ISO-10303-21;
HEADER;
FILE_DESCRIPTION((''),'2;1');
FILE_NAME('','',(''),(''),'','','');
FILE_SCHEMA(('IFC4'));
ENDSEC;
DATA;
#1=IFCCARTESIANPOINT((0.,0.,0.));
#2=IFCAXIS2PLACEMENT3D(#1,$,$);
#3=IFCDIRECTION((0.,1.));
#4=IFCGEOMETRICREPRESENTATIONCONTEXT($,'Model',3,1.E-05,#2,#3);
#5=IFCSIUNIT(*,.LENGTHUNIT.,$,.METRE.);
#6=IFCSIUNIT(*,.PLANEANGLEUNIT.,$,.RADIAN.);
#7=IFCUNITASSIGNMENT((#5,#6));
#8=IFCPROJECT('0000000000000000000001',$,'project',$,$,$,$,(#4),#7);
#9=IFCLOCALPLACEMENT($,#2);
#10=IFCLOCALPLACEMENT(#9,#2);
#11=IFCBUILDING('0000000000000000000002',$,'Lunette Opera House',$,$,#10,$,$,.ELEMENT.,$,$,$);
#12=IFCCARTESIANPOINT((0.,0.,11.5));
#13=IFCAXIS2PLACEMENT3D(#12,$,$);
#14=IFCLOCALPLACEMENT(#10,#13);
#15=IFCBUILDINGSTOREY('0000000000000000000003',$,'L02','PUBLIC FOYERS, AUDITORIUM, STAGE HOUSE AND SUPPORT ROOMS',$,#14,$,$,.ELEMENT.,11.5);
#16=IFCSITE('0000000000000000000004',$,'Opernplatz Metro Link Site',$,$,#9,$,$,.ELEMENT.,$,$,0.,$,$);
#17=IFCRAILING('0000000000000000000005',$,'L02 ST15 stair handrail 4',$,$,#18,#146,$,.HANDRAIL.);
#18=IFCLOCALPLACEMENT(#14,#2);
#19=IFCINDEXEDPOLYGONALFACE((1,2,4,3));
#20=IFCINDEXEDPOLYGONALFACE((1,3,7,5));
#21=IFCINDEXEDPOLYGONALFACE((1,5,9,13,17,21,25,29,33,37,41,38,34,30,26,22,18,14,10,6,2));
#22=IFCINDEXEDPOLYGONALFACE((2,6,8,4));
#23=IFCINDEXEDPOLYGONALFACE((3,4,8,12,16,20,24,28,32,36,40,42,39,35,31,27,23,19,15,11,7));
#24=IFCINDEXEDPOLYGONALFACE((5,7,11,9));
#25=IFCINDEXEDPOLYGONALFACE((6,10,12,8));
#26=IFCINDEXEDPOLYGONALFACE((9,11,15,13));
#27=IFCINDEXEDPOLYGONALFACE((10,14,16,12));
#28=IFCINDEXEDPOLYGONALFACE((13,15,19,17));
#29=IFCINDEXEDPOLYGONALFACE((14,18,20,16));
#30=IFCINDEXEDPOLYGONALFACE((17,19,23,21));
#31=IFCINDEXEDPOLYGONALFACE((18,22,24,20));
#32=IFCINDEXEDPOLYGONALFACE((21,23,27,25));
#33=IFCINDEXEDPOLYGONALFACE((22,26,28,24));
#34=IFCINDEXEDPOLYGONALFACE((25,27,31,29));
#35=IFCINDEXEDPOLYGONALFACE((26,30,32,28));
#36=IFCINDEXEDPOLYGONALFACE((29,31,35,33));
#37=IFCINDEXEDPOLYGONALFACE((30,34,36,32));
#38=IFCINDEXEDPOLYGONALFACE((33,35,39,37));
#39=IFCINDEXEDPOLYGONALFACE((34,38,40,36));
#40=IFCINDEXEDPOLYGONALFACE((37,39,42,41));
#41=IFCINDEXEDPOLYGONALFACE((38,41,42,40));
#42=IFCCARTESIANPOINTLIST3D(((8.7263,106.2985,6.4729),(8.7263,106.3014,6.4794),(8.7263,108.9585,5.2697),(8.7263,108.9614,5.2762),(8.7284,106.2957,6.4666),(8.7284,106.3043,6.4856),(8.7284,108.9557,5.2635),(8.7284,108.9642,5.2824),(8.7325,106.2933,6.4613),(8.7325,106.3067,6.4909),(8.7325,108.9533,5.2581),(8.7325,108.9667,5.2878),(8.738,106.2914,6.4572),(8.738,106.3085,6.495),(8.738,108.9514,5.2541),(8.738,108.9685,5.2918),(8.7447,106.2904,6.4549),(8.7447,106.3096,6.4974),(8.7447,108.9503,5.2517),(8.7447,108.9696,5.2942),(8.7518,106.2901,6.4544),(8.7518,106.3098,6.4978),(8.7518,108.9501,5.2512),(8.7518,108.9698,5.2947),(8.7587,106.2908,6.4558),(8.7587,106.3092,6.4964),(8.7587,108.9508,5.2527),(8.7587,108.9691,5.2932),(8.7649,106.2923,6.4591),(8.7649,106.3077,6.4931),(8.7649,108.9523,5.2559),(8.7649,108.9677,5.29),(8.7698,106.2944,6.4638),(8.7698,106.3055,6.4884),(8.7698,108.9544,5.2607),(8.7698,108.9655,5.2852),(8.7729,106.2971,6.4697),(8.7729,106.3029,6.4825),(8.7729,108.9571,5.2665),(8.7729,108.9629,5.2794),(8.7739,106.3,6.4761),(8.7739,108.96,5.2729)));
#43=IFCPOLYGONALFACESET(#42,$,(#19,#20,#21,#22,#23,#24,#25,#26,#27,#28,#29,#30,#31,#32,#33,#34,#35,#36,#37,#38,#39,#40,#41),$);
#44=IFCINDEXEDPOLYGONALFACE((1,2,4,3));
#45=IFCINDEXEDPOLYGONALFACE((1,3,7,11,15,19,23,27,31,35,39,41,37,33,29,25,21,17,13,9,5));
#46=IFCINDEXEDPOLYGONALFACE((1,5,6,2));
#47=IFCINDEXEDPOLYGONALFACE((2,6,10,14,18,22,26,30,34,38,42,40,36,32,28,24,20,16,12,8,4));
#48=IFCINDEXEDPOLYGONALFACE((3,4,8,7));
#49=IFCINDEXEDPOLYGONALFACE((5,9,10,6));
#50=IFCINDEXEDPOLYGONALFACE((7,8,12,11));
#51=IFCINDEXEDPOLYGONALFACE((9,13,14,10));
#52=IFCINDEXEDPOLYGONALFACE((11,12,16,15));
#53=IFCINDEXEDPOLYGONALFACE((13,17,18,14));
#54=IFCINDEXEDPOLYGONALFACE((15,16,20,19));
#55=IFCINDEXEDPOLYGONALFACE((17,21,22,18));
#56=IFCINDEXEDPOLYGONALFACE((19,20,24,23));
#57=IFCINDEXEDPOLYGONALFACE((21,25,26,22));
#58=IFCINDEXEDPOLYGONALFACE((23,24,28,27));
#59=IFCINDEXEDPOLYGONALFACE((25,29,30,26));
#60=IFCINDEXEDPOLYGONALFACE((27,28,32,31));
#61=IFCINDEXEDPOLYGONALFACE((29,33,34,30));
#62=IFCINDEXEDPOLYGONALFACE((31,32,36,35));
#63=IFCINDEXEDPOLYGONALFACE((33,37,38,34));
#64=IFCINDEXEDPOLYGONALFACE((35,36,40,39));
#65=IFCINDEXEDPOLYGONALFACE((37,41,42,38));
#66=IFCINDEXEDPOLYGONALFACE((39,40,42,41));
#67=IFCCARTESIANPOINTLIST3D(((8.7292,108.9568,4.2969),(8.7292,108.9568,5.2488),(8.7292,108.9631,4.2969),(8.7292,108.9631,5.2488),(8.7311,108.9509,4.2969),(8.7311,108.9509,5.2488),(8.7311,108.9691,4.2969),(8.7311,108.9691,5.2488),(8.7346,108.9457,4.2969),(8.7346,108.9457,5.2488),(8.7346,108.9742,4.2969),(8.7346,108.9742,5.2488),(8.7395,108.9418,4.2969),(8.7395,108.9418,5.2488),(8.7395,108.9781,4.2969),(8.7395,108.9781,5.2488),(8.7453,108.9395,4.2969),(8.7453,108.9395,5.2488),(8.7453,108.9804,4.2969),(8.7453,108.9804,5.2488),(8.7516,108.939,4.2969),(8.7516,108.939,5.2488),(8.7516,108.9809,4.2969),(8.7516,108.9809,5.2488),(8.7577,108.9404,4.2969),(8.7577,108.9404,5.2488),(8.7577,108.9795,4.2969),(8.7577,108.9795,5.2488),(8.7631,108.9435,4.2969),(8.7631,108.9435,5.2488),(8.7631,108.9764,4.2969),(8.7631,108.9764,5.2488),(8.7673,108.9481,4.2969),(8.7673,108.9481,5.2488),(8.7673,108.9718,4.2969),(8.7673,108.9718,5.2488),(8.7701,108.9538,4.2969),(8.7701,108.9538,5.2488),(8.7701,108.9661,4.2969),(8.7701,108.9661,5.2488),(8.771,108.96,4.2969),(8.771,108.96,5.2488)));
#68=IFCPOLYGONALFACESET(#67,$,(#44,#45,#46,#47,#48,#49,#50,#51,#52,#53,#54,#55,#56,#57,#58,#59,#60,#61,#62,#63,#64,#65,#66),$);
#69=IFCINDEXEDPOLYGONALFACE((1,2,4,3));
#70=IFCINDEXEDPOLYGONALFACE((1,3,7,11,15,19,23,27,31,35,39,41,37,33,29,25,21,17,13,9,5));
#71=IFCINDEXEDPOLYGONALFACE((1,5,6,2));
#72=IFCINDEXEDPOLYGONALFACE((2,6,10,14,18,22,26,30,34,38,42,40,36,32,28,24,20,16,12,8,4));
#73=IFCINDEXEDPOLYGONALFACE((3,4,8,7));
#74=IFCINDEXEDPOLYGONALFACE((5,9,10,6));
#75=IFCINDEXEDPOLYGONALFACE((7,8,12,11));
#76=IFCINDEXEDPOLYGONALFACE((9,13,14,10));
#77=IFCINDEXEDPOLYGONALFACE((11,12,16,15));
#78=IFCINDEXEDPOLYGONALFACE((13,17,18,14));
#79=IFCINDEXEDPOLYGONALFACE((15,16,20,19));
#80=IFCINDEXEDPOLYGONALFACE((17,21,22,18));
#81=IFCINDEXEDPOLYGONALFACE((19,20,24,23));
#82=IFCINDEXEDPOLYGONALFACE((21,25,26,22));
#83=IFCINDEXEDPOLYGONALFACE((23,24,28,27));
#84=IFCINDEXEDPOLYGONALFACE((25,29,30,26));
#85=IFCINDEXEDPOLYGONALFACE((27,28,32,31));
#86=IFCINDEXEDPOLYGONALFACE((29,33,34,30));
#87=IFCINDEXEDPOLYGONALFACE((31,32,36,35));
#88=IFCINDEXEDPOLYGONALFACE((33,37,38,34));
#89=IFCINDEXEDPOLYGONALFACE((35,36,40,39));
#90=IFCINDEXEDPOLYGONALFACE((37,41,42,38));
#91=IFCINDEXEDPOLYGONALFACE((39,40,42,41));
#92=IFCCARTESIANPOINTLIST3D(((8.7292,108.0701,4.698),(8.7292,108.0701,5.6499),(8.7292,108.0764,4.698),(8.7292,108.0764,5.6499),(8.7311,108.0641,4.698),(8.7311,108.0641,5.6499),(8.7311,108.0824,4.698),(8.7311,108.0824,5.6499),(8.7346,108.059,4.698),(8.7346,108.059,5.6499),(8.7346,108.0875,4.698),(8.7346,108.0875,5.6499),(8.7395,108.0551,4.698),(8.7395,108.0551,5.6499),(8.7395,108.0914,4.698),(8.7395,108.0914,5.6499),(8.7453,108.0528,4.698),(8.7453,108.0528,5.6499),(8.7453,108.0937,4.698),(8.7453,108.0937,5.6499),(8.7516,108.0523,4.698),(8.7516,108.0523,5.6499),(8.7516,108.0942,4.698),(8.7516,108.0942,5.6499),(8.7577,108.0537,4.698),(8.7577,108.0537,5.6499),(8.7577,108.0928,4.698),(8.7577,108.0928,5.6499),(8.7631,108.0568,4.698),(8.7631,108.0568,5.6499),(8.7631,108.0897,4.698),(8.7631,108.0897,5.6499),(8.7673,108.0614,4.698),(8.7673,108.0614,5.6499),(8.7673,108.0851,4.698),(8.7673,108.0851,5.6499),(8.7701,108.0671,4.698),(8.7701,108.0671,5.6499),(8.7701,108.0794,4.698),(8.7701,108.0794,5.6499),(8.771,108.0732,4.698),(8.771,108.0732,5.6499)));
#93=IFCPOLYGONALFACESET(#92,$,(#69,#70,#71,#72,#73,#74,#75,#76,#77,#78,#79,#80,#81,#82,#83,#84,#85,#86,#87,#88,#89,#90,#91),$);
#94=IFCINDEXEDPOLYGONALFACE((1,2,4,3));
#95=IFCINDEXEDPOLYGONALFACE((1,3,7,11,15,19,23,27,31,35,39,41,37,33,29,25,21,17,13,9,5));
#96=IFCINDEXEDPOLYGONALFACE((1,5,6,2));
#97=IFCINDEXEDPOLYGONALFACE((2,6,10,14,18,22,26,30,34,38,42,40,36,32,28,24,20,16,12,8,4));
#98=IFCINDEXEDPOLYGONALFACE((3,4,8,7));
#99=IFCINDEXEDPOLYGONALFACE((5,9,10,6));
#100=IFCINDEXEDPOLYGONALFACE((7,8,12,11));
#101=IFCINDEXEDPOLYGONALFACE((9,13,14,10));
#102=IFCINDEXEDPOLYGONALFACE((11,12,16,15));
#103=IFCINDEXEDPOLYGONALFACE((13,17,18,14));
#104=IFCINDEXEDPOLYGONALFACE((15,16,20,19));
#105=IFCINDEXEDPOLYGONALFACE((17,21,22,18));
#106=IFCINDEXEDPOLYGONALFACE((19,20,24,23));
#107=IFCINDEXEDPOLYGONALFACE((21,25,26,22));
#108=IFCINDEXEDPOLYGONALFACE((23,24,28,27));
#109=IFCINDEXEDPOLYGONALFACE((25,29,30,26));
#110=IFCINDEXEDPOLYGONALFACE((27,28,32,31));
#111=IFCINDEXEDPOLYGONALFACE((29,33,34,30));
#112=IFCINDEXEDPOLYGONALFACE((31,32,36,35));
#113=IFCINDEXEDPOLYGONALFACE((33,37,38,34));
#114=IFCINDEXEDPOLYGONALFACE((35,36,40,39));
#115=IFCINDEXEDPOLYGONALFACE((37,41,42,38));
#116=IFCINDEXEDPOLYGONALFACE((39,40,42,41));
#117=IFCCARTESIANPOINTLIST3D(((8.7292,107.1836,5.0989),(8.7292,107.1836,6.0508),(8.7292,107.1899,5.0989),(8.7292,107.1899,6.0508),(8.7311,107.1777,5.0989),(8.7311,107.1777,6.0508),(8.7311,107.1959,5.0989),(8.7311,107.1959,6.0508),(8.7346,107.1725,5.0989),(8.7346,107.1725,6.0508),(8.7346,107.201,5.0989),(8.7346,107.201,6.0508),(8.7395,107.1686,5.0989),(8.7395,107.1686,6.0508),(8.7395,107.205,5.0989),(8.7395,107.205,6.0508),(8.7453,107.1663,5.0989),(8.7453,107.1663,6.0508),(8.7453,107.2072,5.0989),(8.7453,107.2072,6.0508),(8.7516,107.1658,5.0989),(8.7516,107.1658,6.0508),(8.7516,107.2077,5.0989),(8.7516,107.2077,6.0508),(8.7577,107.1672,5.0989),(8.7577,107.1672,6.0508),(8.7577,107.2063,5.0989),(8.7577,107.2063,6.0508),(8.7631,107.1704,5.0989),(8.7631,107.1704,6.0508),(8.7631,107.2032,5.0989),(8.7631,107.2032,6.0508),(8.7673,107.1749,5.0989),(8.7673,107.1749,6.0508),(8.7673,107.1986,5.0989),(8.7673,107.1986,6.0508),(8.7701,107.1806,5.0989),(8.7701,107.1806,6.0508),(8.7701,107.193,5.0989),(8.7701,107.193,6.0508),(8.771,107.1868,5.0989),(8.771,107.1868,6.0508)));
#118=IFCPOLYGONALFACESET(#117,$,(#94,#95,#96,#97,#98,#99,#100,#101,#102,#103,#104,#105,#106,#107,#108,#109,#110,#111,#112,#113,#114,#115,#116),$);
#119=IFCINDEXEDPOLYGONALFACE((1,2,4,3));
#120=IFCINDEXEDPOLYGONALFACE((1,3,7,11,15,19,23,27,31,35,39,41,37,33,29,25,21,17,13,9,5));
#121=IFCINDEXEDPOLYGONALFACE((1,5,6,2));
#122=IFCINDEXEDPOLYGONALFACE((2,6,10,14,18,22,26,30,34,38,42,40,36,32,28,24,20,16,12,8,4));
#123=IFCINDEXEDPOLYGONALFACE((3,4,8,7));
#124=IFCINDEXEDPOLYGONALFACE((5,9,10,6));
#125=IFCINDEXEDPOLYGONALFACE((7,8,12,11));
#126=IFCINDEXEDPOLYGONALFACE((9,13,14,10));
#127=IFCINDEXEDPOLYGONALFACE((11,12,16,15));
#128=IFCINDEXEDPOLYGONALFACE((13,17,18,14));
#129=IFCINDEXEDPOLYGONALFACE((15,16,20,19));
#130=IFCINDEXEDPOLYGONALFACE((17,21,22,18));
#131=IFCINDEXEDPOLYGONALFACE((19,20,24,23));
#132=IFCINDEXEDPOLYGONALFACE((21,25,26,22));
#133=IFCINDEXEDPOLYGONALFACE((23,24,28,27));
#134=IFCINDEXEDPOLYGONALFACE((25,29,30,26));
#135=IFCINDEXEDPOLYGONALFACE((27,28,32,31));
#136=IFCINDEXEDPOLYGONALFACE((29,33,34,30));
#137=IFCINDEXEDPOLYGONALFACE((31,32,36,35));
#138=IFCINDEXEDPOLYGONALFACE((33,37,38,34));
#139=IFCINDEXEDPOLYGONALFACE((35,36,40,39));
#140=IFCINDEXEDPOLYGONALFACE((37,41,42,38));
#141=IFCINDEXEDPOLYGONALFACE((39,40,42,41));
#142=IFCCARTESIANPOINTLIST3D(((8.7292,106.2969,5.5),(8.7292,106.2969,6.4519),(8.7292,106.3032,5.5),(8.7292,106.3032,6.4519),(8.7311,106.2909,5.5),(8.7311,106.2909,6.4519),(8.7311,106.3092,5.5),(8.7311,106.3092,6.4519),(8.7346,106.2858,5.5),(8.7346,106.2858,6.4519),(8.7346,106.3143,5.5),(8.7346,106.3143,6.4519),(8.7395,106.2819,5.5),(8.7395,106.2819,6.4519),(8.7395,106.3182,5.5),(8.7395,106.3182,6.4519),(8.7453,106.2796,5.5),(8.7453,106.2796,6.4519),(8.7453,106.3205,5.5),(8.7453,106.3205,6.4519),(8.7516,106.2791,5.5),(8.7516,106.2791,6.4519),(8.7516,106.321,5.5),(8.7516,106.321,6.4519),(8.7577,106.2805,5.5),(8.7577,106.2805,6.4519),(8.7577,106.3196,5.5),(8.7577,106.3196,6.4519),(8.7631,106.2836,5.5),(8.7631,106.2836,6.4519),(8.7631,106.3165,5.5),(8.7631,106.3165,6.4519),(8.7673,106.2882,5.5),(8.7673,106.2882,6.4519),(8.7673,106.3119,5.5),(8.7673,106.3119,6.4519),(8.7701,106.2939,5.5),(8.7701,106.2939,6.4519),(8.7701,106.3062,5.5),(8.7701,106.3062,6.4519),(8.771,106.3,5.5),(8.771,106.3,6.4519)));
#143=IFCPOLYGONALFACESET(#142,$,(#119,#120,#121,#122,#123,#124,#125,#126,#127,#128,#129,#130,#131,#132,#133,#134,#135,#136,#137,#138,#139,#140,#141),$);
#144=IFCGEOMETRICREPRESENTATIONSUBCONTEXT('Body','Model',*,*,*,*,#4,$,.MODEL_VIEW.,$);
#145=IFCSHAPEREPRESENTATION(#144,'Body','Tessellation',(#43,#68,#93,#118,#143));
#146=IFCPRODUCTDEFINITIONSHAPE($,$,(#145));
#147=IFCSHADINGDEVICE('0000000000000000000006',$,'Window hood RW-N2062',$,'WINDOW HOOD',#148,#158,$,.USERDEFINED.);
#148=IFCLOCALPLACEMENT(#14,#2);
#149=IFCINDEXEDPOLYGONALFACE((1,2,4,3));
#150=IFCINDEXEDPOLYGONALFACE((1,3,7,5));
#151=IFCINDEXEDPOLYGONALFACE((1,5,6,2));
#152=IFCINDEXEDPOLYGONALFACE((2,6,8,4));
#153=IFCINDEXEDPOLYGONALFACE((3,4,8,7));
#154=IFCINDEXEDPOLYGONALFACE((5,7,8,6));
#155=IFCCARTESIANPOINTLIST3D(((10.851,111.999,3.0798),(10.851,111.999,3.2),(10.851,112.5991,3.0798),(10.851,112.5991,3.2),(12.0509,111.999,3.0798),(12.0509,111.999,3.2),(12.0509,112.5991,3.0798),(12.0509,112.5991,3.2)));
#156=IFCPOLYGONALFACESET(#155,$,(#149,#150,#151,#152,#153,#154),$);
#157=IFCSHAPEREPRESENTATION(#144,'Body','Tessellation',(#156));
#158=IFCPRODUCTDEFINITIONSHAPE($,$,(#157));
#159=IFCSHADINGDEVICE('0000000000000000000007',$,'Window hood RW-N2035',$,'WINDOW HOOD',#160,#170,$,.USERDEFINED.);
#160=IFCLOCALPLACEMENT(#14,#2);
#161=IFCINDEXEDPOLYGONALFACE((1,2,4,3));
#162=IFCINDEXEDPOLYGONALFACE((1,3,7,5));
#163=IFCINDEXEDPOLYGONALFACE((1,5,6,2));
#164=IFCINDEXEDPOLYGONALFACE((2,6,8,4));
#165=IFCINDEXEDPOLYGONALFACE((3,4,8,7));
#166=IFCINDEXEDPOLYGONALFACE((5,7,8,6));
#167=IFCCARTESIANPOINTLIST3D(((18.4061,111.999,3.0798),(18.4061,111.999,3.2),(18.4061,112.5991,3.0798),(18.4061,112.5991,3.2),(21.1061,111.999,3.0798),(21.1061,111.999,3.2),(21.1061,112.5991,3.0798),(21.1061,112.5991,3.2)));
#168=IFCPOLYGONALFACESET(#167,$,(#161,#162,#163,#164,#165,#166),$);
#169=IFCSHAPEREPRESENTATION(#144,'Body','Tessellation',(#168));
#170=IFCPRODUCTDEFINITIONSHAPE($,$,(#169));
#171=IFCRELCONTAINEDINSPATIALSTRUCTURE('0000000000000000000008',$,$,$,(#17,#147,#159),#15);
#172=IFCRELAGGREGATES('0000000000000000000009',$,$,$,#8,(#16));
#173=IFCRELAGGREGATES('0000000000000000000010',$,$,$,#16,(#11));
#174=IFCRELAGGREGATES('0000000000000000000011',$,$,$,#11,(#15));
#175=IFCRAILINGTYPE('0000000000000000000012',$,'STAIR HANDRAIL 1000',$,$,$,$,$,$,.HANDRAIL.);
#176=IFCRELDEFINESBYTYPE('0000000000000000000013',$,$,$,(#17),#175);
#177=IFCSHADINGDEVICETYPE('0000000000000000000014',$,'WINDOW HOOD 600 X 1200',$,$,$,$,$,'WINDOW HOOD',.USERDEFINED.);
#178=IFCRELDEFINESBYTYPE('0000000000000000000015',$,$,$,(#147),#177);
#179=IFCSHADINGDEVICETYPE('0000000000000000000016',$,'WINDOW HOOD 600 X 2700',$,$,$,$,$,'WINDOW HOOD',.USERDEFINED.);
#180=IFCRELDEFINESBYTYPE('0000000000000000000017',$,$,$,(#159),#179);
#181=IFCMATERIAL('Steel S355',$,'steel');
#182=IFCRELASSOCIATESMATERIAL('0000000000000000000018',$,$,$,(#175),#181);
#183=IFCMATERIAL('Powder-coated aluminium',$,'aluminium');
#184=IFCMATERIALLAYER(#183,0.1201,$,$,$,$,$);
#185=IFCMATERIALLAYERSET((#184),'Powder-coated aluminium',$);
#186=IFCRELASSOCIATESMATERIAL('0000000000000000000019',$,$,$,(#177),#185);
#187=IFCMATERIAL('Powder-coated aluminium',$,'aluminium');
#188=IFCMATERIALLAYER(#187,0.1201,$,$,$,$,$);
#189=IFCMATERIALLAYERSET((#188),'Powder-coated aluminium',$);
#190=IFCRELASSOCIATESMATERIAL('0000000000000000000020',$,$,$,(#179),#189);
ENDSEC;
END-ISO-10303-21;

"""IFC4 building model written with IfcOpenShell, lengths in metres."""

from ifc_helpers import new_model, si_unit, direction, frame, origin, origin_2d, place, context, subcontext, project, spatial, rectangle, circle, extrude, material, layer, layer_set, type_object, element, save


model = new_model("IFC4")

# Units and contexts
model_context = context("Model", 3, precision=1e-05, world=origin(), true_north=direction((0.0, 1.0)))
body_context = subcontext(model_context, "Body", "Model", "MODEL_VIEW")
ifc_project = project(units=[si_unit("LENGTHUNIT", "METRE"), si_unit("PLANEANGLEUNIT", "RADIAN")], contexts=[model_context])

# Site, building, storey
site_placement = place(None, origin())
site = spatial("IfcSite", under=ifc_project, at=site_placement, Name="Opernplatz Metro Link Site", CompositionType="ELEMENT", RefElevation=0.0)
building_placement = place(site_placement, origin())
building = spatial("IfcBuilding", under=site, at=building_placement, Name="Lunette Opera House", CompositionType="ELEMENT")
storey_placement = place(building_placement, frame((0.0, 0.0, 11.5)))
storey = spatial("IfcBuildingStorey", under=building, at=storey_placement, Name="L02", Description="PUBLIC FOYERS, AUDITORIUM, STAGE HOUSE AND SUPPORT ROOMS", CompositionType="ELEMENT", Elevation=11.5)

# Railing
ifc_material_1 = material(Name="Steel S355", Category="steel")
railing_type_1 = type_object("IfcRailingType", Name="STAIR HANDRAIL 1000", PredefinedType="HANDRAIL", material=ifc_material_1)
for number, where, name in (
    (1, (8.75, 108.96, 4.2969), "L02 ST15 stair handrail 4"),
):
    element("IfcRailing", number, at=place(storey_placement, frame(where)), inside=storey, type_object=railing_type_1, Name=name, PredefinedType="HANDRAIL", context=body_context, shape_type="SweptSolid", body=[
        extrude(circle(Radius=0.0239, at=origin_2d()), frame((0.0, 0.0, 0.9761), z_axis=(0.0, -0.91113, 0.41212), x_axis=(1.0, 0.0, 0.0)), (0.0, 0.0, 1.0), 2.9194),
        extrude(circle(Radius=0.021, at=origin_2d()), origin(), (0.0, 0.0, 1.0), 0.9519),
        extrude(circle(Radius=0.021, at=origin_2d()), frame((0.0, -0.8867, 0.4011)), (0.0, 0.0, 1.0), 0.9519),
        extrude(circle(Radius=0.021, at=origin_2d()), frame((0.0, -1.7732, 0.802)), (0.0, 0.0, 1.0), 0.9519),
        extrude(circle(Radius=0.021, at=origin_2d()), frame((0.0, -2.6599, 1.2031)), (0.0, 0.0, 1.0), 0.9519),
    ])

# Shading devices
ifc_material_2 = material(Name="Powder-coated aluminium", Category="aluminium")
ifc_layer_1 = layer(ifc_material_2, 0.1201)
ifc_layer_set_1 = layer_set([ifc_layer_1], Name="Powder-coated aluminium")
shading_device_type_1 = type_object("IfcShadingDeviceType", Name="WINDOW HOOD 600 X 1200", ElementType="WINDOW HOOD", PredefinedType="USERDEFINED", material=ifc_layer_set_1)
shading_device_1_placement = place(storey_placement, frame((11.4509, 112.2991, 3.0798), z_axis=(0.0, 0.0, 1.0), x_axis=(0.0, 1.0, 0.0)))
element("IfcShadingDevice", 2, at=shading_device_1_placement, inside=storey, type_object=shading_device_type_1, Name="Window hood RW-N2062", ObjectType="WINDOW HOOD", PredefinedType="USERDEFINED", context=body_context, shape_type="SweptSolid", body=[
    extrude(rectangle(XDim=0.6001, YDim=1.2, at=origin_2d()), origin(), (0.0, 0.0, 1.0), 0.1201),
])
ifc_material_3 = material(Name="Powder-coated aluminium", Category="aluminium")
ifc_layer_2 = layer(ifc_material_3, 0.1201)
ifc_layer_set_2 = layer_set([ifc_layer_2], Name="Powder-coated aluminium")
shading_device_type_2 = type_object("IfcShadingDeviceType", Name="WINDOW HOOD 600 X 2700", ElementType="WINDOW HOOD", PredefinedType="USERDEFINED", material=ifc_layer_set_2)
shading_device_2_placement = place(storey_placement, frame((19.7561, 112.2991, 3.0798), z_axis=(0.0, 0.0, 1.0), x_axis=(0.0, 1.0, 0.0)))
element("IfcShadingDevice", 3, at=shading_device_2_placement, inside=storey, type_object=shading_device_type_2, Name="Window hood RW-N2035", ObjectType="WINDOW HOOD", PredefinedType="USERDEFINED", context=body_context, shape_type="SweptSolid", body=[
    extrude(rectangle(XDim=0.6001, YDim=2.7, at=origin_2d()), origin(), (0.0, 0.0, 1.0), 0.1201),
])

save(model, "model.ifc")
